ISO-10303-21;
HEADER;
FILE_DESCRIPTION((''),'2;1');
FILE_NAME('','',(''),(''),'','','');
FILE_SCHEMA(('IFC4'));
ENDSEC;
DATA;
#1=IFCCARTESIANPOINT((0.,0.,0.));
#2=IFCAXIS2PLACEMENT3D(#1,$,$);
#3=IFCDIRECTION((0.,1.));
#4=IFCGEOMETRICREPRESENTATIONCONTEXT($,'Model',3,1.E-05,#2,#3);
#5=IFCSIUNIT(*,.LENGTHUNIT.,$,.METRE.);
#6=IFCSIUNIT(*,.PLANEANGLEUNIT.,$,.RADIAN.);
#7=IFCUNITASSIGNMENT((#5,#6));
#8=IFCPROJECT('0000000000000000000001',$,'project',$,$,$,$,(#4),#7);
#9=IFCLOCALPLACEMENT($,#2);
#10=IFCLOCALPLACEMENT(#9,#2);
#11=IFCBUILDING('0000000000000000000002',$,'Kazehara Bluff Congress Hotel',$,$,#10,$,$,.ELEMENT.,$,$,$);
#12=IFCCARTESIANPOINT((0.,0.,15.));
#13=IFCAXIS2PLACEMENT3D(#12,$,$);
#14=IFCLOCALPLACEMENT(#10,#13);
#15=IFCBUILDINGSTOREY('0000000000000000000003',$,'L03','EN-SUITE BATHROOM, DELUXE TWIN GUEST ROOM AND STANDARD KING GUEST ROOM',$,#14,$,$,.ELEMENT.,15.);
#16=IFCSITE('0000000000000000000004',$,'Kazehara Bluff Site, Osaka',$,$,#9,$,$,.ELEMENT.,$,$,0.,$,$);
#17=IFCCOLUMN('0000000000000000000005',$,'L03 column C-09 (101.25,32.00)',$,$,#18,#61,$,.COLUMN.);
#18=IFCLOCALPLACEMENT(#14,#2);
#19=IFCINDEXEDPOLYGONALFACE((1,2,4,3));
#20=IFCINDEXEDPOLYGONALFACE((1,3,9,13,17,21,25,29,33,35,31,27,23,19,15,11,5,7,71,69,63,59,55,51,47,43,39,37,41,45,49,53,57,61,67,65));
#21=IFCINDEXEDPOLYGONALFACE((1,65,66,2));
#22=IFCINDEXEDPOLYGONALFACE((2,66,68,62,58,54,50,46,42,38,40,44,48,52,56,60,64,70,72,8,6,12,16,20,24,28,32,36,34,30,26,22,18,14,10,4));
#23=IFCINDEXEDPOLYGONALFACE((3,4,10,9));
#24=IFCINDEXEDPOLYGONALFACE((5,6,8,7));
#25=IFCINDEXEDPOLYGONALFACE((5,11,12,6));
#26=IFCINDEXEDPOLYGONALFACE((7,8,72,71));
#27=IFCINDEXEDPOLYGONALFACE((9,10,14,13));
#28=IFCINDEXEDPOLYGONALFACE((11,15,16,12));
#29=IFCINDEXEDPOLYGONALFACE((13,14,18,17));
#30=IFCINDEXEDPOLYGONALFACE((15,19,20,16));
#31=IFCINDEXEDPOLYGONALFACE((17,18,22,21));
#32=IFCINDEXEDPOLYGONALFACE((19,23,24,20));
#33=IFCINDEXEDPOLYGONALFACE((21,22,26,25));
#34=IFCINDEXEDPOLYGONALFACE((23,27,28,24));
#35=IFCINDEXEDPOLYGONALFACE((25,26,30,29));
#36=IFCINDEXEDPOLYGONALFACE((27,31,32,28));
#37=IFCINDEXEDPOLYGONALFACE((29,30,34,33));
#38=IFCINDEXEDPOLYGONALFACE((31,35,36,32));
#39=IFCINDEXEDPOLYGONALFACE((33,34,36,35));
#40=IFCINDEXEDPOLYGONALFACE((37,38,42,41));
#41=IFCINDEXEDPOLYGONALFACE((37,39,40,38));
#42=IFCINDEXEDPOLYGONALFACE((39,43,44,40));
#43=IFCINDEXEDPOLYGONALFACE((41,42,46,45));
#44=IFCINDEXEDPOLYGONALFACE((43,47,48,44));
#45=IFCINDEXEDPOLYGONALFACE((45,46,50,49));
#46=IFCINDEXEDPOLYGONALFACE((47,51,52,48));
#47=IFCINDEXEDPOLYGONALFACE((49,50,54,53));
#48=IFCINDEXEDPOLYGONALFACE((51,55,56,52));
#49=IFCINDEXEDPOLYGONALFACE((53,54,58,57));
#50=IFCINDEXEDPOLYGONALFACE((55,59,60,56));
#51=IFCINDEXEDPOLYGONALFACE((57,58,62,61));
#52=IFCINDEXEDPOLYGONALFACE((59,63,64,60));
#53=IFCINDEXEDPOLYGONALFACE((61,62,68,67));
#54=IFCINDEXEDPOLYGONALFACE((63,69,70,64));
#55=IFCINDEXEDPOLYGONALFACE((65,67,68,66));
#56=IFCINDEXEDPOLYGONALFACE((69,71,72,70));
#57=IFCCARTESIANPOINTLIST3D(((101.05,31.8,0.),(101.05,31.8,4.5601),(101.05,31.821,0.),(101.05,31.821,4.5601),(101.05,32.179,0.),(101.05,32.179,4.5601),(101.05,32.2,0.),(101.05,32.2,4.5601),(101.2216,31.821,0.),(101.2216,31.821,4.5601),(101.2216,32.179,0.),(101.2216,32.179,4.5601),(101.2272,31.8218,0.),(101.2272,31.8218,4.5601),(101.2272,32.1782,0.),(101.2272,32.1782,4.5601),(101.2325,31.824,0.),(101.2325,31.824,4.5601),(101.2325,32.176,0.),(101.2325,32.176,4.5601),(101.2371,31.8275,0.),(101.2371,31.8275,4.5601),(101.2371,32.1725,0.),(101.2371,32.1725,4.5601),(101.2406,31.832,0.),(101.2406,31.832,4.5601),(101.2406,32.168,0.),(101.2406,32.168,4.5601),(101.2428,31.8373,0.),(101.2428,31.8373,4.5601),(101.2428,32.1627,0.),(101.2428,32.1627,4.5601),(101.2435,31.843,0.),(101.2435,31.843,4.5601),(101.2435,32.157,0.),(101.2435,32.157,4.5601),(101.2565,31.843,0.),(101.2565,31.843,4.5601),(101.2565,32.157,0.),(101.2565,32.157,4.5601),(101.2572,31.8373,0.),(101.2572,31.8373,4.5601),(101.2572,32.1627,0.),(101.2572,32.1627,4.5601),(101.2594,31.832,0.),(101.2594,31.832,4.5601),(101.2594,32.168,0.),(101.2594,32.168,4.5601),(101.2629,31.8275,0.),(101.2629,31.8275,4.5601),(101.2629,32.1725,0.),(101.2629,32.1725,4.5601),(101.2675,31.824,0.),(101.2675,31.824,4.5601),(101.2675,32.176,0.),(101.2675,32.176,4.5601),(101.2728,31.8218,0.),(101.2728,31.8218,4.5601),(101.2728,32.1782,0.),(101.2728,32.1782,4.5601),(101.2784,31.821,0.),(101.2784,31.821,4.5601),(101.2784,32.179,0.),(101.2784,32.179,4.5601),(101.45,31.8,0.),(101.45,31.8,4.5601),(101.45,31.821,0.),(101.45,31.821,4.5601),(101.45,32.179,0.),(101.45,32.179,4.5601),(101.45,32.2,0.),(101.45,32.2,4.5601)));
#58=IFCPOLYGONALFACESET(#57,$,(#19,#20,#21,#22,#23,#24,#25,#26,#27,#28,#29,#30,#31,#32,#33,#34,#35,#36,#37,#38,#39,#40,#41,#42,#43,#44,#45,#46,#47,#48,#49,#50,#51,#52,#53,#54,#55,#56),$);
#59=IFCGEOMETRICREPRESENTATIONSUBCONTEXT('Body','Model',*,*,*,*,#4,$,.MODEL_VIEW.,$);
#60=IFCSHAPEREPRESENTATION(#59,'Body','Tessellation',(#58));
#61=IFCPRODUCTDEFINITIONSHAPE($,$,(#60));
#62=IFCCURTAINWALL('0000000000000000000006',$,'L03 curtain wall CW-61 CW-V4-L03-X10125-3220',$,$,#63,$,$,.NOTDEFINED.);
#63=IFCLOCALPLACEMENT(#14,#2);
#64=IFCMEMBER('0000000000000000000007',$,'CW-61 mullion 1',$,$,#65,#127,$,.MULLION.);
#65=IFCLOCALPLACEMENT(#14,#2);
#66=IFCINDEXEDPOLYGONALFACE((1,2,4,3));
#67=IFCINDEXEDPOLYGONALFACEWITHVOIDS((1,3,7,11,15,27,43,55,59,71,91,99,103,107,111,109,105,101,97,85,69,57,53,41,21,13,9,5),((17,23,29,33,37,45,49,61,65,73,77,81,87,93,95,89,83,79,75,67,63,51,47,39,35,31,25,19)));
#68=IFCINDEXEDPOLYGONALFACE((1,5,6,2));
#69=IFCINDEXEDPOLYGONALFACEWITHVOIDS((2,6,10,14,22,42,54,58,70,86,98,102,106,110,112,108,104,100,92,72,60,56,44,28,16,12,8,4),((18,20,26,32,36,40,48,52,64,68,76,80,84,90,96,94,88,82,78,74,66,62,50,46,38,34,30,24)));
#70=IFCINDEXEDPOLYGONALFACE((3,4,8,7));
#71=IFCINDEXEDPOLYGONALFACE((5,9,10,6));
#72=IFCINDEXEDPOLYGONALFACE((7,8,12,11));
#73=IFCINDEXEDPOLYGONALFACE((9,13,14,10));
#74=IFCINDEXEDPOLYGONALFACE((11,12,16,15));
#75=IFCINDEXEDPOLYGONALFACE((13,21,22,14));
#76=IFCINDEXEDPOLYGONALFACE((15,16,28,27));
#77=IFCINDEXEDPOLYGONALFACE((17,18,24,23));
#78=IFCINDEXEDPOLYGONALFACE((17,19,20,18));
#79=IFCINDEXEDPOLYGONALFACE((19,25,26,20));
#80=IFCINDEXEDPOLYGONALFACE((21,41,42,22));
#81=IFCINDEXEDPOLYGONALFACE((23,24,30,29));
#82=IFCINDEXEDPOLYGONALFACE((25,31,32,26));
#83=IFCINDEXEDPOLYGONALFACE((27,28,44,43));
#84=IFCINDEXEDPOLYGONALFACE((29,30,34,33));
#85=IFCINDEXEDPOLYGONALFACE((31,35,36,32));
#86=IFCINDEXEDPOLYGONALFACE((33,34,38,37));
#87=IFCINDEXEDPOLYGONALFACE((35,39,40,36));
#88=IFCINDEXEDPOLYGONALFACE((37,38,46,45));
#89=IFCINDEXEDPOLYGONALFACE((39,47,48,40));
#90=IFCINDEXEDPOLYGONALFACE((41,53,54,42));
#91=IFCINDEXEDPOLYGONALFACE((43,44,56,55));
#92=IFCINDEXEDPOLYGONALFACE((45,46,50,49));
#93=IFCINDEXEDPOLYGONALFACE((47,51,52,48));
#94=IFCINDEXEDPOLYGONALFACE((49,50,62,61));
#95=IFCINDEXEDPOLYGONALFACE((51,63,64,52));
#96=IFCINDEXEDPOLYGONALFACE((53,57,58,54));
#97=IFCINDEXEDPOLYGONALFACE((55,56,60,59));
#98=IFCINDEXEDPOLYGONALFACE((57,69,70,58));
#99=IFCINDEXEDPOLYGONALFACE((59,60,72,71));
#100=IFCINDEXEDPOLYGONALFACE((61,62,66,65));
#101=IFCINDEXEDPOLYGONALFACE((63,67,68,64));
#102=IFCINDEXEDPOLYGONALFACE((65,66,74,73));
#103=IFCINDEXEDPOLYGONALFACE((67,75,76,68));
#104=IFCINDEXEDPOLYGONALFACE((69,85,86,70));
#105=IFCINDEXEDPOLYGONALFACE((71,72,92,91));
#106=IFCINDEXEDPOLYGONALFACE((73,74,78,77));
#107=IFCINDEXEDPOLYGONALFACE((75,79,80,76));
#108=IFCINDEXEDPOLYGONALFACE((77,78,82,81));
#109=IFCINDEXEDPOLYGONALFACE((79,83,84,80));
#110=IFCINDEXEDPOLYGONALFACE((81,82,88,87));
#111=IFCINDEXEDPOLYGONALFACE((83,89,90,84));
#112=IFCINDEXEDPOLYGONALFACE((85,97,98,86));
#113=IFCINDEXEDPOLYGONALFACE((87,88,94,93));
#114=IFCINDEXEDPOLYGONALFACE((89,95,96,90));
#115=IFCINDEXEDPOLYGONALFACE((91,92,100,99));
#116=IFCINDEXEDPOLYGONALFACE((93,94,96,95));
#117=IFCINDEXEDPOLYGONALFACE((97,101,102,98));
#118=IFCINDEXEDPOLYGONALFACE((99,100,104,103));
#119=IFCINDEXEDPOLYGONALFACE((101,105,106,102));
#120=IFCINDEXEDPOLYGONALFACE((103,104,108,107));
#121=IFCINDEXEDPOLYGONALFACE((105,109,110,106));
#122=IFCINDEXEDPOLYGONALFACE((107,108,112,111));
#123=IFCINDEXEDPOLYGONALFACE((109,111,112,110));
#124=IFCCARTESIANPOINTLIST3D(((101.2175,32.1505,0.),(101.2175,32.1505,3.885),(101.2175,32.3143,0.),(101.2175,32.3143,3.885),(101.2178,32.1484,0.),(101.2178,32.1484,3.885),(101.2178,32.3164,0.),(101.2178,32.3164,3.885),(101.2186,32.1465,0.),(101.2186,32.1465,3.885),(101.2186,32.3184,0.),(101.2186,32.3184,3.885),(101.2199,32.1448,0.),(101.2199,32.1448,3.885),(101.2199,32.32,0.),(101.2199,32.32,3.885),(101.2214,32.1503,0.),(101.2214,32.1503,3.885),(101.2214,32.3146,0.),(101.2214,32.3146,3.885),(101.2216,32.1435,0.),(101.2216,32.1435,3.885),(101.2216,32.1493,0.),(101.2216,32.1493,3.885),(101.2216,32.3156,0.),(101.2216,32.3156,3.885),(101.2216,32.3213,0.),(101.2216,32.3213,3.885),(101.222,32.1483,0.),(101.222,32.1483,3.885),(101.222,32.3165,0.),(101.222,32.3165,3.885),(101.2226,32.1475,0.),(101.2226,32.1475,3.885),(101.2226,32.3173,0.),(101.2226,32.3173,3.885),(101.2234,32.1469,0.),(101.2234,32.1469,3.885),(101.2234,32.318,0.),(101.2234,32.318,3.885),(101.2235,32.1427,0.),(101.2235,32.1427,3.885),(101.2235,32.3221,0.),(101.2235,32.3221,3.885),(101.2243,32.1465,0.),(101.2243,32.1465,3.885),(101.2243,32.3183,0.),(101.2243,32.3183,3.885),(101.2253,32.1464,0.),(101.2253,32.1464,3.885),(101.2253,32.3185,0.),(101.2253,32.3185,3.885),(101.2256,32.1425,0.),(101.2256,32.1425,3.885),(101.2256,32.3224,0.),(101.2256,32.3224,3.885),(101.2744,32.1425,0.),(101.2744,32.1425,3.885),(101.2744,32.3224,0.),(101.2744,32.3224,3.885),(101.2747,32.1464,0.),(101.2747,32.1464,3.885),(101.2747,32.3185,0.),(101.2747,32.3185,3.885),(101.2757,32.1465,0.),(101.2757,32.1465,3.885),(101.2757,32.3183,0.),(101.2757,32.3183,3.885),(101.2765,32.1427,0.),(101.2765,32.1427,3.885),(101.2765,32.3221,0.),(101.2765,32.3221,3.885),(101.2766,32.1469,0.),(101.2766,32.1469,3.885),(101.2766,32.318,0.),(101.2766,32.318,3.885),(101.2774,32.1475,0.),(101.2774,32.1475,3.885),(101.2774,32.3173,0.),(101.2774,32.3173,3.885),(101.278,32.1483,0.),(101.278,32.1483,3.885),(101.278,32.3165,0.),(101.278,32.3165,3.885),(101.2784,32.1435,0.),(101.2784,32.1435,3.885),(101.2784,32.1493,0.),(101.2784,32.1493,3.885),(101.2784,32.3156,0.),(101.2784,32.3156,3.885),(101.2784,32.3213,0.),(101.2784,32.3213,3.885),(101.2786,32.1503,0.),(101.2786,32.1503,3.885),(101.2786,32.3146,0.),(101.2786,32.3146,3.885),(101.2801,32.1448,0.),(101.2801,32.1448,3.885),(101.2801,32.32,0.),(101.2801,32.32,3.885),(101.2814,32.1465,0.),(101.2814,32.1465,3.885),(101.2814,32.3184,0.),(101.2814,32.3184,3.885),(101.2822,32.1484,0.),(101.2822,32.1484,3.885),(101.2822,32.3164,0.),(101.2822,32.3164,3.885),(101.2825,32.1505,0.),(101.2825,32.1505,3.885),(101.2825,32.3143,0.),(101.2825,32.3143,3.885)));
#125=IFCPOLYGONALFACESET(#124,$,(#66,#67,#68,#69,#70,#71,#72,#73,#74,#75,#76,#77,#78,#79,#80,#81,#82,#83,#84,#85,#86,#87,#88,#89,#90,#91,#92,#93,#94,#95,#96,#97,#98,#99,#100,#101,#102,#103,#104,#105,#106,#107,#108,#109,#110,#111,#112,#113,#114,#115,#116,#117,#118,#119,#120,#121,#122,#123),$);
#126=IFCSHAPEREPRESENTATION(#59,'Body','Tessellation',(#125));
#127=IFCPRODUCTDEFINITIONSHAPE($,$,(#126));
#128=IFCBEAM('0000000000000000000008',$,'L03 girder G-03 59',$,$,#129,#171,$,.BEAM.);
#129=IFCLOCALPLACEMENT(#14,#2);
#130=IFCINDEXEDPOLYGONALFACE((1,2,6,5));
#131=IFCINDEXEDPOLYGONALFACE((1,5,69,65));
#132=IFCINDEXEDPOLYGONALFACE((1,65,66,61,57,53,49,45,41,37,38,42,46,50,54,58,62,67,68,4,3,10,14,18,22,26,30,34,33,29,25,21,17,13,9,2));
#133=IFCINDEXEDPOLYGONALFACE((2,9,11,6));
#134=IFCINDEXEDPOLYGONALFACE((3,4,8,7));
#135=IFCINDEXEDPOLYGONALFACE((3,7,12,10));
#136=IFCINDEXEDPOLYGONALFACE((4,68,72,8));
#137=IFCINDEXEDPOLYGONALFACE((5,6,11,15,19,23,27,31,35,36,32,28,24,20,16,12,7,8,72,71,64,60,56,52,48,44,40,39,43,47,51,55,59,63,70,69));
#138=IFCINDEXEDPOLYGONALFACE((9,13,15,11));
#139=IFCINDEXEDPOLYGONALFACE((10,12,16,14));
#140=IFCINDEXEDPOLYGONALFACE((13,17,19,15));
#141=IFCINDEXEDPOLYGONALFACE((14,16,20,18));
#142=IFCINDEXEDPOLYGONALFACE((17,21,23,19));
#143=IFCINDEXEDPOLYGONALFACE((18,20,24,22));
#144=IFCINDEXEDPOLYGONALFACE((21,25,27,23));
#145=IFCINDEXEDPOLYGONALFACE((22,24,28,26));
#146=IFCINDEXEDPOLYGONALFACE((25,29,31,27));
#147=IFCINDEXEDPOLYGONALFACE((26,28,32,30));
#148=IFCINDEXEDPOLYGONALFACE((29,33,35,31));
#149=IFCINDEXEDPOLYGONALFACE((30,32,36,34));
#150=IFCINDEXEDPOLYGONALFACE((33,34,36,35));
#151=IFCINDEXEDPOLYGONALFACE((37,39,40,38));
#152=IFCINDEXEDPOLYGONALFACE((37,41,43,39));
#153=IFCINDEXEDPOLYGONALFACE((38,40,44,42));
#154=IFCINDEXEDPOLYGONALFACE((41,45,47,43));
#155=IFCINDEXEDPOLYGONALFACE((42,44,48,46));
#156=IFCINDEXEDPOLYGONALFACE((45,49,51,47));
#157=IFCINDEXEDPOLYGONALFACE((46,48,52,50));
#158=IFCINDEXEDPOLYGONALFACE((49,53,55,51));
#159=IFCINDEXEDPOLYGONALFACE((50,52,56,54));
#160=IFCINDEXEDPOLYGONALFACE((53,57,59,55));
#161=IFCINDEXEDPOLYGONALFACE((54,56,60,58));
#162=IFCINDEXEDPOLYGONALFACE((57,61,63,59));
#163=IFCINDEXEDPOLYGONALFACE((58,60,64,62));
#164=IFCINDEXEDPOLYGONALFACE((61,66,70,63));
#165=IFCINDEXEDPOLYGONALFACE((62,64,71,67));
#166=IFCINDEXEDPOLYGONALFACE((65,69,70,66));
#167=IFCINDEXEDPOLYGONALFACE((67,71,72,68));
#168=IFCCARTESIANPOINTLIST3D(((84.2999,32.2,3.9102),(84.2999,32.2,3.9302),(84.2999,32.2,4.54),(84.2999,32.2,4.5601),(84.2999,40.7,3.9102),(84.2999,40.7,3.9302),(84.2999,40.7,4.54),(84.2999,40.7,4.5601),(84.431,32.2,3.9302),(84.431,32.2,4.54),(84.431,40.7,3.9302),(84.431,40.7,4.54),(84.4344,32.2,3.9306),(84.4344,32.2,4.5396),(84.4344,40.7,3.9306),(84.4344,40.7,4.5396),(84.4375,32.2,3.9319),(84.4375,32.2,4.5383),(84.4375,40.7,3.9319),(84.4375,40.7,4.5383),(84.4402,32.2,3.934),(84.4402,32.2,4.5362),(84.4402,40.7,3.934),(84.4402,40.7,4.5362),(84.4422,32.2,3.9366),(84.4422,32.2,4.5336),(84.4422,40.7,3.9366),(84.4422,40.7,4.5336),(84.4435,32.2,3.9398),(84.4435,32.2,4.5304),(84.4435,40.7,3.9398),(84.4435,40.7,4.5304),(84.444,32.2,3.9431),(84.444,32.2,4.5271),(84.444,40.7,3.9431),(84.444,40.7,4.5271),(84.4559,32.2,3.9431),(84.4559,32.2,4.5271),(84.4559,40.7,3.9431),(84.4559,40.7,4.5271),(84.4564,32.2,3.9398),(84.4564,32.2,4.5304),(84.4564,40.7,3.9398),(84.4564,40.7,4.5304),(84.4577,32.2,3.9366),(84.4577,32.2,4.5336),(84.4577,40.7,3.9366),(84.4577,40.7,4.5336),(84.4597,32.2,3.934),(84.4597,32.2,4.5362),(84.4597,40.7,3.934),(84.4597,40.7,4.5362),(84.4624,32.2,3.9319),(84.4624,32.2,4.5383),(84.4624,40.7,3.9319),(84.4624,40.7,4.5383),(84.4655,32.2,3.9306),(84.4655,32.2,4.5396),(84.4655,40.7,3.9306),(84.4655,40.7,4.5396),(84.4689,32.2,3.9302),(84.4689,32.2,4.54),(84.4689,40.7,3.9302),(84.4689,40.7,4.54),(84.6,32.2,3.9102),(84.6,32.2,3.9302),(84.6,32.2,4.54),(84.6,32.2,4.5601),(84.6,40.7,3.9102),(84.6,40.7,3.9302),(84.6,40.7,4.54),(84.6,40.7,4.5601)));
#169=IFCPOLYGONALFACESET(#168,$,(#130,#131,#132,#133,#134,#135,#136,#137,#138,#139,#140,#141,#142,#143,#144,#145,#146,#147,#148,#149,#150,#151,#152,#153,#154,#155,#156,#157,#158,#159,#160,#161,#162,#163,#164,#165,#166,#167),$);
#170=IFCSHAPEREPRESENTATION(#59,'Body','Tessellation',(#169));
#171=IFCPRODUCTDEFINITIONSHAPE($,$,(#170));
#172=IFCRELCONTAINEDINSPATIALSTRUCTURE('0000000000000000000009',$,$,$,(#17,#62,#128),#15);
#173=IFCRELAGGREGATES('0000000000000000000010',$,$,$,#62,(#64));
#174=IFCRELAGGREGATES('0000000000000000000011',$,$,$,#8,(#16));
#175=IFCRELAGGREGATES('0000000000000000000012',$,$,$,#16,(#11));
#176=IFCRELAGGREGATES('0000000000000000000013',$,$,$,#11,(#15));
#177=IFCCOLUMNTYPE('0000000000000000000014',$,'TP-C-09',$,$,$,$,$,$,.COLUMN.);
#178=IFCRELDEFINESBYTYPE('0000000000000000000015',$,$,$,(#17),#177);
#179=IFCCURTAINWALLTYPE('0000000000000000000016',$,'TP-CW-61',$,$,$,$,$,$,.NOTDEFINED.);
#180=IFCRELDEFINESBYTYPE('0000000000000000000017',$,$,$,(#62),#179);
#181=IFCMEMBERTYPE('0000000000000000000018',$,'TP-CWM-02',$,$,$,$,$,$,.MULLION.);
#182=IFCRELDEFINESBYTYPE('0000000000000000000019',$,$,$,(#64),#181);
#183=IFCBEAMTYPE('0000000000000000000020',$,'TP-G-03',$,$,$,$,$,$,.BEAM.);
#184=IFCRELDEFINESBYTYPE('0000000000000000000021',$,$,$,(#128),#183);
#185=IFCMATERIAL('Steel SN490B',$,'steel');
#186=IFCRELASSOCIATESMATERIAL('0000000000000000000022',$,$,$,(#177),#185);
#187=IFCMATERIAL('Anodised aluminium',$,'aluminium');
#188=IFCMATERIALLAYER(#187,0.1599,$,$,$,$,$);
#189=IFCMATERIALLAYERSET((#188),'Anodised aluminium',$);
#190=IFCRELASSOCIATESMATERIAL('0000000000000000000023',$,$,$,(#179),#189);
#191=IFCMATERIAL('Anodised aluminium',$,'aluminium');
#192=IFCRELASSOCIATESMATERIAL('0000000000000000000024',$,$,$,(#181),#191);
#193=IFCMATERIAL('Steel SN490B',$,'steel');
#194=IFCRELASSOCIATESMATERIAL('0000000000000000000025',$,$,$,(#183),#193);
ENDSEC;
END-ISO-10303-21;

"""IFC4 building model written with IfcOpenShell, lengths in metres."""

from ifc_helpers import new_model, si_unit, direction, frame, origin, origin_2d, place, context, subcontext, project, spatial, hollow_rectangle, i_section, extrude, material, layer, layer_set, material_profile, profile_set, type_object, element, aggregate, save


model = new_model("IFC4")

# Units and contexts
model_context = context("Model", 3, precision=1e-05, world=origin(), true_north=direction((0.0, 1.0)))
body_context = subcontext(model_context, "Body", "Model", "MODEL_VIEW")
ifc_project = project(units=[si_unit("LENGTHUNIT", "METRE"), si_unit("PLANEANGLEUNIT", "RADIAN")], contexts=[model_context])

# Site, building, storey
site_placement = place(None, origin())
site = spatial("IfcSite", under=ifc_project, at=site_placement, Name="Kazehara Bluff Site, Osaka", CompositionType="ELEMENT", RefElevation=0.0)
building_placement = place(site_placement, origin())
building = spatial("IfcBuilding", under=site, at=building_placement, Name="Kazehara Bluff Congress Hotel", CompositionType="ELEMENT")
storey_placement = place(building_placement, frame((0.0, 0.0, 15.0)))
storey = spatial("IfcBuildingStorey", under=building, at=storey_placement, Name="L03", Description="EN-SUITE BATHROOM, DELUXE TWIN GUEST ROOM AND STANDARD KING GUEST ROOM", CompositionType="ELEMENT", Elevation=15.0)

# Column
ifc_material_1 = material(Name="Steel SN490B", Category="steel")
ifc_material_profile_1 = material_profile(ifc_material_1, i_section(OverallWidth=0.3999, OverallDepth=0.3999, WebThickness=0.0129, FlangeThickness=0.021, FilletRadius=0.022, at=origin_2d()))
ifc_profile_set_1 = profile_set([ifc_material_profile_1], Name="Steel SN490B")
column_type = type_object("IfcColumnType", Name="TP-C-09", PredefinedType="COLUMN", material=ifc_profile_set_1)
for number, where, z_axis, x_axis, name in (
    (1, (101.25, 32.0, 0.0), (0.0, 0.0, 1.0), (1.0, 0.0, 0.0), "L03 column C-09 (101.25,32.00)"),
):
    element("IfcColumn", number, at=place(storey_placement, frame(where, z_axis=z_axis, x_axis=x_axis)), inside=storey, type_object=column_type, Name=name, PredefinedType="COLUMN", context=body_context, shape_type="SweptSolid", body=[
        extrude(i_section(OverallWidth=0.3999, OverallDepth=0.3999, WebThickness=0.0129, FlangeThickness=0.021, FilletRadius=0.022, at=origin_2d()), origin(), (0.0, 0.0, 1.0), 4.5601),
    ])

# Curtain wall, member
ifc_material_2 = material(Name="Anodised aluminium", Category="aluminium")
ifc_layer_1 = layer(ifc_material_2, 0.1599)
ifc_layer_set_1 = layer_set([ifc_layer_1], Name="Anodised aluminium")
curtain_wall_type = type_object("IfcCurtainWallType", Name="TP-CW-61", PredefinedType="NOTDEFINED", material=ifc_layer_set_1)
curtain_wall_placement = place(storey_placement, origin())
curtain_wall = element("IfcCurtainWall", 2, at=curtain_wall_placement, inside=storey, type_object=curtain_wall_type, Name="L03 curtain wall CW-61 CW-V4-L03-X10125-3220", PredefinedType="NOTDEFINED")
ifc_material_3 = material(Name="Anodised aluminium", Category="aluminium")
ifc_material_profile_2 = material_profile(ifc_material_3, hollow_rectangle(XDim=0.0649, YDim=0.1799, WallThickness=0.0039, InnerFilletRadius=0.0039, OuterFilletRadius=0.0081, at=origin_2d()))
ifc_profile_set_2 = profile_set([ifc_material_profile_2], Name="Anodised aluminium")
member_type = type_object("IfcMemberType", Name="TP-CWM-02", PredefinedType="MULLION", material=ifc_profile_set_2)
member_placement = place(storey_placement, frame((101.25, 32.2324, 0.0), z_axis=(0.0, 0.0, 1.0), x_axis=(-1.0, 0.0, 0.0)))
member = element("IfcMember", 3, at=member_placement, type_object=member_type, Name="CW-61 mullion 1", PredefinedType="MULLION", context=body_context, shape_type="SweptSolid", body=[
    extrude(hollow_rectangle(XDim=0.0649, YDim=0.1799, WallThickness=0.0039, InnerFilletRadius=0.0039, OuterFilletRadius=0.0081, at=origin_2d()), origin(), (0.0, 0.0, 1.0), 3.885),
])
aggregate(curtain_wall, [member])

# Beam
ifc_material_4 = material(Name="Steel SN490B", Category="steel")
ifc_material_profile_3 = material_profile(ifc_material_4, i_section(OverallWidth=0.3, OverallDepth=0.6499, WebThickness=0.012, FlangeThickness=0.02, FilletRadius=0.0129, at=origin_2d()))
ifc_profile_set_3 = profile_set([ifc_material_profile_3], Name="Steel SN490B")
beam_type_1 = type_object("IfcBeamType", Name="TP-G-03", PredefinedType="BEAM", material=ifc_profile_set_3)
beam_1_placement = place(storey_placement, frame((84.45, 32.2, 4.2351), z_axis=(0.0, 1.0, 0.0), x_axis=(-1.0, 0.0, 0.0)))
element("IfcBeam", 4, at=beam_1_placement, inside=storey, type_object=beam_type_1, Name="L03 girder G-03 59", PredefinedType="BEAM", context=body_context, shape_type="SweptSolid", body=[
    extrude(i_section(OverallWidth=0.3, OverallDepth=0.6499, WebThickness=0.012, FlangeThickness=0.02, FilletRadius=0.0129, at=origin_2d()), origin(), (0.0, 0.0, 1.0), 8.5),
])

save(model, "model.ifc")
